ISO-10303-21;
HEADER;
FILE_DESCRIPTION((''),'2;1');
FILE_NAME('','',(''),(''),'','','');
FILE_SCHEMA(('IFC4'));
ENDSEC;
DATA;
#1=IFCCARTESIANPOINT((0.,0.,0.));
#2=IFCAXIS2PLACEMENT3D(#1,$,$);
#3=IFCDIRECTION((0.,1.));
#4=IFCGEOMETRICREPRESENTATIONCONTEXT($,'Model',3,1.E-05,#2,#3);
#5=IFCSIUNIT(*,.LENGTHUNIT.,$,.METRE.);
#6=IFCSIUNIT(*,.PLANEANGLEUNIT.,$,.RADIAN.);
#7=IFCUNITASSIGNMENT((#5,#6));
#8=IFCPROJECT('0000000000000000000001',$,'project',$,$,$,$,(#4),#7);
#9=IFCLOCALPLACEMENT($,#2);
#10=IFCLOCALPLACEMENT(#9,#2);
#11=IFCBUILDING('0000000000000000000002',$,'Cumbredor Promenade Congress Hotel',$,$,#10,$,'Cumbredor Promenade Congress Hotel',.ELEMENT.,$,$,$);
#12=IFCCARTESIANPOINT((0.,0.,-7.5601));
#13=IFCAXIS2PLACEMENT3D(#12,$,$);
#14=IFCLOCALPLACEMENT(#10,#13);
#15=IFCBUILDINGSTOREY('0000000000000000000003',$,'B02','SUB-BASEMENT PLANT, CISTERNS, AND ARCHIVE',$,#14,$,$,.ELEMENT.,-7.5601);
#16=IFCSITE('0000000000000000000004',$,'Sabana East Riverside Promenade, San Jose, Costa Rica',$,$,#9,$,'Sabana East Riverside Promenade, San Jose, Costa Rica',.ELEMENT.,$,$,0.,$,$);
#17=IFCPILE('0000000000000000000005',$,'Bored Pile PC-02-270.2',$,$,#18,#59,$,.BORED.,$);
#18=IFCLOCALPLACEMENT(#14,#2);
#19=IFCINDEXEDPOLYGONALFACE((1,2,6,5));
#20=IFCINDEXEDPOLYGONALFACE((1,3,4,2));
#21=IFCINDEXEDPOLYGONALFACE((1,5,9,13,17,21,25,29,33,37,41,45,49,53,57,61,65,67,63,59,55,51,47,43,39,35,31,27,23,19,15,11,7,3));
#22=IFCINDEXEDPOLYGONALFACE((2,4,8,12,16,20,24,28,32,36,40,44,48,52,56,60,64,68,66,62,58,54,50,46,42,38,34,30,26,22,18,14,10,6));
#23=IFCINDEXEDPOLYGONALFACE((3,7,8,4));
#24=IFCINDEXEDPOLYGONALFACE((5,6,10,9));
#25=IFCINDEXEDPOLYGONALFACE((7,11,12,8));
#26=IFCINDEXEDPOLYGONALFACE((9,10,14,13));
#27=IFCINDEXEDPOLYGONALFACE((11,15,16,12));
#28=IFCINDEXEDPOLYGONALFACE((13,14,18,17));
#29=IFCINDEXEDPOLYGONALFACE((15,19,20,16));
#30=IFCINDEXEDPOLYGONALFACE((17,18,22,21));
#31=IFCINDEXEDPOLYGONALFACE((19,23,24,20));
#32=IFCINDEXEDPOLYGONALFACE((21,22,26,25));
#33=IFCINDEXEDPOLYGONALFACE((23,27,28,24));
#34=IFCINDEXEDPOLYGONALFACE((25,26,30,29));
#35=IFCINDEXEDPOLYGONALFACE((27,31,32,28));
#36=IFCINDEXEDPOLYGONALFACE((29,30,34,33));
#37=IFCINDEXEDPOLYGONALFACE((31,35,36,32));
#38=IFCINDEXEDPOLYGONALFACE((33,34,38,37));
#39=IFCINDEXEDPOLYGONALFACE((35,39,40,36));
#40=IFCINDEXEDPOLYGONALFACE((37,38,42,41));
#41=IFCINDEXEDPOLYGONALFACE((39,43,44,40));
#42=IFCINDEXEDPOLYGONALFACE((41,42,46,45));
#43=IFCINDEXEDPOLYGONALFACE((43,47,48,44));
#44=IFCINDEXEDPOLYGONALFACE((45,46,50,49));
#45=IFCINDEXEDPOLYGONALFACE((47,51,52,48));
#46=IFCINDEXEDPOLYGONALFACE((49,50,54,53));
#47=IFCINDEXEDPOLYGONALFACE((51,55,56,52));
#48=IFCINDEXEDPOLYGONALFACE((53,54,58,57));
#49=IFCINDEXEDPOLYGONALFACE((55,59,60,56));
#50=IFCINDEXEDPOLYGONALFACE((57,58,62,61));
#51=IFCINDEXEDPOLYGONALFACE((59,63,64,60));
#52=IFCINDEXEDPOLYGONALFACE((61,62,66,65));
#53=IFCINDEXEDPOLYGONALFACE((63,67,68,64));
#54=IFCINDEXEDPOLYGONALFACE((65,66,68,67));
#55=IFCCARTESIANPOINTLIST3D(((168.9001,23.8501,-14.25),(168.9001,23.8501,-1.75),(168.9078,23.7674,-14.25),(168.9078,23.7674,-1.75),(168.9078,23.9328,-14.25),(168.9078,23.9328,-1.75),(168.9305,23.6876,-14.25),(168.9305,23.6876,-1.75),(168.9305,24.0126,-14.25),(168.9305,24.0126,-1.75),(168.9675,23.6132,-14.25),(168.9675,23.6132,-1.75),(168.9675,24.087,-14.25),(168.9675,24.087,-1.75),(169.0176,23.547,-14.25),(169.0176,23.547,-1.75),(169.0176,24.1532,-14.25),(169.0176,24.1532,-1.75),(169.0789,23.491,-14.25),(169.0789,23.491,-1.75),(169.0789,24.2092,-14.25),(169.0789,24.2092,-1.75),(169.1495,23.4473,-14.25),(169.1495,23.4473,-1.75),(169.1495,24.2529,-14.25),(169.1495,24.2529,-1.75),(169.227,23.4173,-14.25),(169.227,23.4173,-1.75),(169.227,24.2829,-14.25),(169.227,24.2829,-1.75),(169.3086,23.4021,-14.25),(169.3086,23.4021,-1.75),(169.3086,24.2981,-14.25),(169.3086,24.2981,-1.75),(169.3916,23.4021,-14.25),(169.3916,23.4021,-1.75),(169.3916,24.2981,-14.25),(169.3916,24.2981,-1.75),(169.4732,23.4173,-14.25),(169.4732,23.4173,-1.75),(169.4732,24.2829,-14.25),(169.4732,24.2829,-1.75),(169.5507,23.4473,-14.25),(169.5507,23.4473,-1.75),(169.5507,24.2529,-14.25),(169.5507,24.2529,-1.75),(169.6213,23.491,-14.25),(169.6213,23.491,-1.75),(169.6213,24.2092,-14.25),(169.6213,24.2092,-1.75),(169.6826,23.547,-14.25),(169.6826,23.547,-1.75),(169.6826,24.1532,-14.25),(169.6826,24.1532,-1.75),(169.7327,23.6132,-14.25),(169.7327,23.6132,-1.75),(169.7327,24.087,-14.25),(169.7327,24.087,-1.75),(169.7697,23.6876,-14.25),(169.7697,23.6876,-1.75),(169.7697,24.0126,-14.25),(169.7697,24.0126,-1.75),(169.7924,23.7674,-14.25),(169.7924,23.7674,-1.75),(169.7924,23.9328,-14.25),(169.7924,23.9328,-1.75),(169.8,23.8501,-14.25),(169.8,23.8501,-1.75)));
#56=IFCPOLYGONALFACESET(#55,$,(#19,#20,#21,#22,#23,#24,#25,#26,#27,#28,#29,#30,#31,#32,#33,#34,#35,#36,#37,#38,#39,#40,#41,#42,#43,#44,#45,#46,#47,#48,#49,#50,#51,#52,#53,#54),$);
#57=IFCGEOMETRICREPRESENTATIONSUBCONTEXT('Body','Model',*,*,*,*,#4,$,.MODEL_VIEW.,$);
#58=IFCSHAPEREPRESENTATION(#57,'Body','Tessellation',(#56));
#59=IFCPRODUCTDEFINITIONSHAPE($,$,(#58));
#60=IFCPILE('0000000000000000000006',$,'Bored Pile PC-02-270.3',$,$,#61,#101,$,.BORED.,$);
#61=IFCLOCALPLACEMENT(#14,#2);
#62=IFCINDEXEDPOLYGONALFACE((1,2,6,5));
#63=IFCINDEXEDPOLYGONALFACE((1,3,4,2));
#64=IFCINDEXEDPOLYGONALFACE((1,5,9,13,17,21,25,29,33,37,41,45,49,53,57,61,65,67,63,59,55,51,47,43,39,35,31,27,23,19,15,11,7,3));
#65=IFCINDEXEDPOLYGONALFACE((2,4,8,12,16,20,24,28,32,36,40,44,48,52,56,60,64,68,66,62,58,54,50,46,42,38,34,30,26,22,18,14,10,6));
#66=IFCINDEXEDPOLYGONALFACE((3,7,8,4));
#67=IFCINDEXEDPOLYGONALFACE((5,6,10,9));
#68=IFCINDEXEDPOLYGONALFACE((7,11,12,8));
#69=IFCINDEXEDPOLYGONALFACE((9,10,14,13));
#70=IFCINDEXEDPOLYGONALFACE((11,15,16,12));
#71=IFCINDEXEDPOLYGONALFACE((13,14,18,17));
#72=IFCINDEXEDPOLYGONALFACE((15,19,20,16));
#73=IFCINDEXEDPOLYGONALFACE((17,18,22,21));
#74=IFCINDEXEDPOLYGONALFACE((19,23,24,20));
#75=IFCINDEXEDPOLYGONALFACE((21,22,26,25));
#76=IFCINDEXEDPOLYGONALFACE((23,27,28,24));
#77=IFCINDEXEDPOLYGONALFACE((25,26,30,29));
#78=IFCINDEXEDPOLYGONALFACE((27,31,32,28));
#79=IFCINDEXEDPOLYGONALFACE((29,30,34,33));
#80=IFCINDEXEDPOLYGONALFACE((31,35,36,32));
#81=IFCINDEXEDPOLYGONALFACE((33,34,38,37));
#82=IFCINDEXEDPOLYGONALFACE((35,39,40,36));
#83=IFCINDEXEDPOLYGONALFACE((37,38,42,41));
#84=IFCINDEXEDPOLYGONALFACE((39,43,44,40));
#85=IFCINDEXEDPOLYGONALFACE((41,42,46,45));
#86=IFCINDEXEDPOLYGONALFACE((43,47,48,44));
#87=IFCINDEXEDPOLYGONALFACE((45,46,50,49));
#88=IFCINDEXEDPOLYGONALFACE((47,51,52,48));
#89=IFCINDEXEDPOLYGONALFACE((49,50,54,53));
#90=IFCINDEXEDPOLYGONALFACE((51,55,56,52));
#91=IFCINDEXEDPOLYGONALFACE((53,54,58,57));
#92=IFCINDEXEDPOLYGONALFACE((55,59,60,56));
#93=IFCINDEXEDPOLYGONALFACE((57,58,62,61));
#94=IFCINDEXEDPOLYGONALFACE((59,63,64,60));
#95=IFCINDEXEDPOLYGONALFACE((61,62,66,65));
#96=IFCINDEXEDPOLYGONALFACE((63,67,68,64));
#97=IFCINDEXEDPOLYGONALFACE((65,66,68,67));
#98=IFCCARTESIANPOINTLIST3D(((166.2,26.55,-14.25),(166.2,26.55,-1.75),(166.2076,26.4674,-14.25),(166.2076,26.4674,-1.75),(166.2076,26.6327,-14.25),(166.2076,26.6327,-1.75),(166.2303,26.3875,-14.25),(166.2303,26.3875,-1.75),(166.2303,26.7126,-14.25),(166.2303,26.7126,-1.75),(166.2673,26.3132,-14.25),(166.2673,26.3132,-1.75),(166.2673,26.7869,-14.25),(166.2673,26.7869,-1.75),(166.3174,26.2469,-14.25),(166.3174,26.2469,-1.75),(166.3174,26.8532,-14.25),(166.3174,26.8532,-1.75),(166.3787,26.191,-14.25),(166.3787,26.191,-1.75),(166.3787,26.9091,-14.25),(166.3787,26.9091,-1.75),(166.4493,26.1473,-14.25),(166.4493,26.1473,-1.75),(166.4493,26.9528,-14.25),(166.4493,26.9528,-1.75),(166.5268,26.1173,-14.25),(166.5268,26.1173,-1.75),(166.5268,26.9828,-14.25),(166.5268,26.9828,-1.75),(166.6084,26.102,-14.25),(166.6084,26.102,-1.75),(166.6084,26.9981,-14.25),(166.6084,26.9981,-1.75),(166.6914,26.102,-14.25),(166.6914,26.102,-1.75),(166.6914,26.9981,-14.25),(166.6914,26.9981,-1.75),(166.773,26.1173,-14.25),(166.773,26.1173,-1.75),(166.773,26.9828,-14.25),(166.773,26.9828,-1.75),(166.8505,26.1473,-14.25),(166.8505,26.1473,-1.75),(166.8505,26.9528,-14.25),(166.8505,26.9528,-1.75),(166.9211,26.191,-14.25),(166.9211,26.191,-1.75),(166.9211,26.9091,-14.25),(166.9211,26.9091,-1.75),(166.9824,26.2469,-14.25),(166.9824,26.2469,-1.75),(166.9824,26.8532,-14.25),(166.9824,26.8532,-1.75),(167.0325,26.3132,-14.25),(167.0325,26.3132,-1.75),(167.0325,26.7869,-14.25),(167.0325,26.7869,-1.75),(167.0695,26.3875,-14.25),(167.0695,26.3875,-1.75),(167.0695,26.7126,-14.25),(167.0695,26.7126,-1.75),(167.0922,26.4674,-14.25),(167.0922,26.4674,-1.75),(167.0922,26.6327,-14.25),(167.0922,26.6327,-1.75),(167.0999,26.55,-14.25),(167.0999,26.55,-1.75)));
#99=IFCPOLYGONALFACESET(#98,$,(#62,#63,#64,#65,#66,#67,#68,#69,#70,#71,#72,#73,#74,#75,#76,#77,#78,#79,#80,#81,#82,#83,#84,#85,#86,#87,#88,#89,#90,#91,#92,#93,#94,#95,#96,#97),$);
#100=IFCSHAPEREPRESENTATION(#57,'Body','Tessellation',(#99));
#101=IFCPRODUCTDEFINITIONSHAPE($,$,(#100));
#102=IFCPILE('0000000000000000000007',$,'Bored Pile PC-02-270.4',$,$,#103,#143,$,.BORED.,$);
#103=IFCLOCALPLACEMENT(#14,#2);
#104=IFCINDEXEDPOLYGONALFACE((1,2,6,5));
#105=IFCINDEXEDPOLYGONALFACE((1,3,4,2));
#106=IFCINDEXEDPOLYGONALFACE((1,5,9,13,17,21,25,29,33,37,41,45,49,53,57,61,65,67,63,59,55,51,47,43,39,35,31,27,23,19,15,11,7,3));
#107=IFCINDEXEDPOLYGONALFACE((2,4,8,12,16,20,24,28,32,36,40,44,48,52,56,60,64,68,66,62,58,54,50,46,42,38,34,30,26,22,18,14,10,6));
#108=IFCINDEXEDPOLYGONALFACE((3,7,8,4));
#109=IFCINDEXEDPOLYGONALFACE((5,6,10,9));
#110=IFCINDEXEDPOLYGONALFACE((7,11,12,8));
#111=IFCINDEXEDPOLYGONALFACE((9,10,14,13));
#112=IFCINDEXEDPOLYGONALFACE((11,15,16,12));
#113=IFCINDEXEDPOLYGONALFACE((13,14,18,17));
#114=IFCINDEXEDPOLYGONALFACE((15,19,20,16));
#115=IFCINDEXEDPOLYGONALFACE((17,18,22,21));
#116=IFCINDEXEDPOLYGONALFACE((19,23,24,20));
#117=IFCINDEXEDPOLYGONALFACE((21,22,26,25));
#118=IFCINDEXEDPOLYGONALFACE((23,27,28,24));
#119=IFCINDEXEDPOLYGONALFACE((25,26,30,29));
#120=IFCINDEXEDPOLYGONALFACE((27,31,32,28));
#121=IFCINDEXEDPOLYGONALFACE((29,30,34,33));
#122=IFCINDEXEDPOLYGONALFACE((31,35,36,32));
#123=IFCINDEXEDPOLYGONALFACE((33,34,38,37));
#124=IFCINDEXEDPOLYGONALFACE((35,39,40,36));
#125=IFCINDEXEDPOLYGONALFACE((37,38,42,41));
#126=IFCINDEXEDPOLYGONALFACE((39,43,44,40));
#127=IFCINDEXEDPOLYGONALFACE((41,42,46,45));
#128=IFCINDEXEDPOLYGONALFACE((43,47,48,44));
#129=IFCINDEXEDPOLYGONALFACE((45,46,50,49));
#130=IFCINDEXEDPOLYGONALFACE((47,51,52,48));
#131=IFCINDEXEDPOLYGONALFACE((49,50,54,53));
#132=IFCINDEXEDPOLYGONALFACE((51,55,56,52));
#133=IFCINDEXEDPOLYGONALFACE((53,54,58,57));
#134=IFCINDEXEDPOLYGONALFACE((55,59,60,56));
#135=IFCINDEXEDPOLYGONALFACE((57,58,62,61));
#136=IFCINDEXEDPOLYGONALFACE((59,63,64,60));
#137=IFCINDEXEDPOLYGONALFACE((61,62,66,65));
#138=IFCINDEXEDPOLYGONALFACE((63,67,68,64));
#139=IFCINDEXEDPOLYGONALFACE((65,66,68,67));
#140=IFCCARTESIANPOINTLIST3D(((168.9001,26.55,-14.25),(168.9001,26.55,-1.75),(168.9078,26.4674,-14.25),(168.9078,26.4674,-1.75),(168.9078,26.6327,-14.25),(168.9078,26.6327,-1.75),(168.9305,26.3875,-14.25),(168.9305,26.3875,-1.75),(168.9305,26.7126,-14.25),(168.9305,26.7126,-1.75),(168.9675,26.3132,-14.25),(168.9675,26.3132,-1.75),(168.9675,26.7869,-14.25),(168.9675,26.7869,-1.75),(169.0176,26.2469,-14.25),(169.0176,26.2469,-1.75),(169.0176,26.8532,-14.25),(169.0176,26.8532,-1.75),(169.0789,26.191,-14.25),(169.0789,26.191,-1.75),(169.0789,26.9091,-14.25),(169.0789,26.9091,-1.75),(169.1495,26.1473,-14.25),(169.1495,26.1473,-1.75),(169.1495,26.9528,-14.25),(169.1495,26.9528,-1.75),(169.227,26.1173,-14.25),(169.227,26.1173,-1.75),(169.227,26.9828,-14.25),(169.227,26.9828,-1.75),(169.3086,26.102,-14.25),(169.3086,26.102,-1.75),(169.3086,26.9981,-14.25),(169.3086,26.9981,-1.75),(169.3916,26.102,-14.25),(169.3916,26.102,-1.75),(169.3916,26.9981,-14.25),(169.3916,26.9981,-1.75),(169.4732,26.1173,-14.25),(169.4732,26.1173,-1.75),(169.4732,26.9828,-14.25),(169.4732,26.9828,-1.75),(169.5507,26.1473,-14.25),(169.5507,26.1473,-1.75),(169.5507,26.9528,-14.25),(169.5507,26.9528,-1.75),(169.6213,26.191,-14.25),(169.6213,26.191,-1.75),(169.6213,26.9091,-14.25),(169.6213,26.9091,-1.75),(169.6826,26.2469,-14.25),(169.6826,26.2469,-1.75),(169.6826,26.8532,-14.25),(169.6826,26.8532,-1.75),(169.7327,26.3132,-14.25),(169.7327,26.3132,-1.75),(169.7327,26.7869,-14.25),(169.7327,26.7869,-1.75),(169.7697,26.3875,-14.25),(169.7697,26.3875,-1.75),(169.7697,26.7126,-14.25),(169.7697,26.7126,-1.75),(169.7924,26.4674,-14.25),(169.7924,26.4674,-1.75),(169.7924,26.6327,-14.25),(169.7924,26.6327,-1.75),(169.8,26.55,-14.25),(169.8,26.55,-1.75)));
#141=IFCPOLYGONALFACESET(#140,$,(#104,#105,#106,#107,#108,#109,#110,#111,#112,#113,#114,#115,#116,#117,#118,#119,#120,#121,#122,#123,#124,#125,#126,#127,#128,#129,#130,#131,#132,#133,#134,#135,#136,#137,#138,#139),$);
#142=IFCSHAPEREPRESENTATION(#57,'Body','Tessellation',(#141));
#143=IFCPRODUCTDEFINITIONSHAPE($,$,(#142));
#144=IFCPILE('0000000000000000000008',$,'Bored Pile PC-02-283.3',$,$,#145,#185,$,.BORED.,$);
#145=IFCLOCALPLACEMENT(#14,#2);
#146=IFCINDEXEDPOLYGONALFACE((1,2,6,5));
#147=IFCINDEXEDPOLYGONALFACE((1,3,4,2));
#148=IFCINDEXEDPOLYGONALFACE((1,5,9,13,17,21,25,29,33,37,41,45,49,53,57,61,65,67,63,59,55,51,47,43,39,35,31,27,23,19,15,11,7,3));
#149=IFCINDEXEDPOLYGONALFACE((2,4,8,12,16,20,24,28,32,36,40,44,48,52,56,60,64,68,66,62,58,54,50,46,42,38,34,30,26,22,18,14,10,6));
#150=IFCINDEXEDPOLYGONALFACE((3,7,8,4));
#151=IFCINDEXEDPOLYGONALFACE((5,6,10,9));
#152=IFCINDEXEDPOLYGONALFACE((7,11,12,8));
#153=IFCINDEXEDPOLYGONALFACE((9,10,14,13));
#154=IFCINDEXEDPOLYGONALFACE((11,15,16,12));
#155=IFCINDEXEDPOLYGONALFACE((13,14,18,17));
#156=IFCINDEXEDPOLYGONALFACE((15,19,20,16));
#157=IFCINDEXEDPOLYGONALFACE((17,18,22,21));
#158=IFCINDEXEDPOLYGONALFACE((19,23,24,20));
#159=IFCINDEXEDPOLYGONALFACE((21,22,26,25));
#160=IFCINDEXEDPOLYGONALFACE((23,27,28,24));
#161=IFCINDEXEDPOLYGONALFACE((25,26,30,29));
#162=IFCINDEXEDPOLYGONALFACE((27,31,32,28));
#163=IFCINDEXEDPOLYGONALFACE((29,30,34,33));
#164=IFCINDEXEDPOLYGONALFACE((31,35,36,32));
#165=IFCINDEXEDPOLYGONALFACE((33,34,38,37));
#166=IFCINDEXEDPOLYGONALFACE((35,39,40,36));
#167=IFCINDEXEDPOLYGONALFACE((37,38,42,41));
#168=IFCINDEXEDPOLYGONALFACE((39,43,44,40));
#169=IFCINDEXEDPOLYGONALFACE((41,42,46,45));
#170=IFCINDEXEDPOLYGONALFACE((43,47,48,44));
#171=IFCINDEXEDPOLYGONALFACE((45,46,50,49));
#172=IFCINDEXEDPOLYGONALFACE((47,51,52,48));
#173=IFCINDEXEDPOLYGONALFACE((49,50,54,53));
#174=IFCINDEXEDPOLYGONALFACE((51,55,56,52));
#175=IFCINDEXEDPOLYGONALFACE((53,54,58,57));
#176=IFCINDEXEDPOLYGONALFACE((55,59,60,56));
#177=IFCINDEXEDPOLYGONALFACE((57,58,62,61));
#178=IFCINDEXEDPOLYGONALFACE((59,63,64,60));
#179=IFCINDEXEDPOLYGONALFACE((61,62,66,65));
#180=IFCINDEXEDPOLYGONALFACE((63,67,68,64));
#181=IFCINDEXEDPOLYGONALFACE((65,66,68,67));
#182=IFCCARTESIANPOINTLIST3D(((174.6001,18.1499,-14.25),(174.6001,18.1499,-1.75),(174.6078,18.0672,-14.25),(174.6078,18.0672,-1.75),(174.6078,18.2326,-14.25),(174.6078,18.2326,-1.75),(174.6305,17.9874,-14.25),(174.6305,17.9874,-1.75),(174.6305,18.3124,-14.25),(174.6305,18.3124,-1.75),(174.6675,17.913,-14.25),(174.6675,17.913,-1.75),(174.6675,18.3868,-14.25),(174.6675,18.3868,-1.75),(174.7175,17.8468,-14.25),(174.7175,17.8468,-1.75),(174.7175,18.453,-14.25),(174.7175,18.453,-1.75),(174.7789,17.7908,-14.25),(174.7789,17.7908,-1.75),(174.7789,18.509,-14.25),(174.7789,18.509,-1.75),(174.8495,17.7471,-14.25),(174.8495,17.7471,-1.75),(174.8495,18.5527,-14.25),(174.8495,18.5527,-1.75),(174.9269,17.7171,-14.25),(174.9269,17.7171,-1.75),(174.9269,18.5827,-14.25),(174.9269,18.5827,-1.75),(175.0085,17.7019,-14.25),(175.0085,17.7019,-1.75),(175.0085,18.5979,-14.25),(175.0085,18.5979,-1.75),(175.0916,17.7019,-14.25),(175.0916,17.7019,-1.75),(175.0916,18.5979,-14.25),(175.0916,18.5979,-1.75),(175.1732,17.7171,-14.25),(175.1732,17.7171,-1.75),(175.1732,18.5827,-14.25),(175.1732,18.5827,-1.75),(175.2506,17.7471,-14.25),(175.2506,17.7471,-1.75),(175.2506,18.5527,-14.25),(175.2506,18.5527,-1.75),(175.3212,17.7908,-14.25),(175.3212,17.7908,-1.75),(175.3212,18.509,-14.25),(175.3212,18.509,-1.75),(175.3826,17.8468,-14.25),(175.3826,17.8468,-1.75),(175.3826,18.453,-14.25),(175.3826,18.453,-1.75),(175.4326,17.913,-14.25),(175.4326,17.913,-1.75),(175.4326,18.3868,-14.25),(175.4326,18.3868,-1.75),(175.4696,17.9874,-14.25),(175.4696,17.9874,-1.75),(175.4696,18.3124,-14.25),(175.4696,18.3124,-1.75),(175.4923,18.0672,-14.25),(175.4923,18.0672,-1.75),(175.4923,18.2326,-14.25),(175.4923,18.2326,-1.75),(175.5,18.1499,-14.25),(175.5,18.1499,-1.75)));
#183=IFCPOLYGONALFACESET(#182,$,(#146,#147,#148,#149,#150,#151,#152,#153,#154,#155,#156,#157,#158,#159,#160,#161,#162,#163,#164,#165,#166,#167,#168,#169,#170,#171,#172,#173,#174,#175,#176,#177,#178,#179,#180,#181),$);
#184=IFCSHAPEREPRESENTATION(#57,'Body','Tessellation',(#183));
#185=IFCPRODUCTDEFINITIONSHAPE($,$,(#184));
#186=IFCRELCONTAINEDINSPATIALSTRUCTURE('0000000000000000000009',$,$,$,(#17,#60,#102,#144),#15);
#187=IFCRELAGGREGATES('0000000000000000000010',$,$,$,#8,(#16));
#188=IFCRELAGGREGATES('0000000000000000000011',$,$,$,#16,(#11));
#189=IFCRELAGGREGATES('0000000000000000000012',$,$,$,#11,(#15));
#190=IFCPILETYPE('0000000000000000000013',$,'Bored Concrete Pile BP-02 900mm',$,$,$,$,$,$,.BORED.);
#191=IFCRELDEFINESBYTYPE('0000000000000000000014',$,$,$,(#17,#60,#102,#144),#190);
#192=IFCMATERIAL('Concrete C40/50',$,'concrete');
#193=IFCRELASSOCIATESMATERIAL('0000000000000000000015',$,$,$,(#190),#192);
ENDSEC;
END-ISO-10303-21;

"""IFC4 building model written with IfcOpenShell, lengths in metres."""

from ifc_helpers import new_model, si_unit, direction, frame, origin, origin_2d, place, context, subcontext, project, spatial, circle, extrude, material, material_profile, profile_set, type_object, element, save


model = new_model("IFC4")

# Units and contexts
model_context = context("Model", 3, precision=1e-05, world=origin(), true_north=direction((0.0, 1.0)))
body_context = subcontext(model_context, "Body", "Model", "MODEL_VIEW")
ifc_project = project(units=[si_unit("LENGTHUNIT", "METRE"), si_unit("PLANEANGLEUNIT", "RADIAN")], contexts=[model_context])

# Site, building, storey
site_placement = place(None, origin())
site = spatial("IfcSite", under=ifc_project, at=site_placement, Name="Sabana East Riverside Promenade, San Jose, Costa Rica", LongName="Sabana East Riverside Promenade, San Jose, Costa Rica", CompositionType="ELEMENT", RefElevation=0.0)
building_placement = place(site_placement, origin())
building = spatial("IfcBuilding", under=site, at=building_placement, Name="Cumbredor Promenade Congress Hotel", LongName="Cumbredor Promenade Congress Hotel", CompositionType="ELEMENT")
storey_placement = place(building_placement, frame((0.0, 0.0, -7.5601)))
storey = spatial("IfcBuildingStorey", under=building, at=storey_placement, Name="B02", Description="SUB-BASEMENT PLANT, CISTERNS, AND ARCHIVE", CompositionType="ELEMENT", Elevation=-7.5601)

# Piles
ifc_material_1 = material(Name="Concrete C40/50", Category="concrete")
ifc_material_profile_1 = material_profile(ifc_material_1, circle(Radius=0.45, at=origin_2d()), Name="PILE D900")
ifc_profile_set_1 = profile_set([ifc_material_profile_1], Name="Concrete C40/50")
pile_type = type_object("IfcPileType", Name="Bored Concrete Pile BP-02 900mm", PredefinedType="BORED", material=ifc_profile_set_1)
for number, where, z_axis, x_axis, name in (
    (1, (169.3501, 23.8501, -1.75), (0.0, 0.0, -1.0), (1.0, 0.0, 0.0), "Bored Pile PC-02-270.2"),
    (2, (166.6499, 26.55, -1.75), (0.0, 0.0, -1.0), (1.0, 0.0, 0.0), "Bored Pile PC-02-270.3"),
    (3, (169.3501, 26.55, -1.75), (0.0, 0.0, -1.0), (1.0, 0.0, 0.0), "Bored Pile PC-02-270.4"),
    (4, (175.05, 18.1499, -1.75), (0.0, 0.0, -1.0), (1.0, 0.0, 0.0), "Bored Pile PC-02-283.3"),
):
    element("IfcPile", number, at=place(storey_placement, frame(where, z_axis=z_axis, x_axis=x_axis)), inside=storey, type_object=pile_type, Name=name, PredefinedType="BORED", context=body_context, shape_type="SweptSolid", body=[
        extrude(circle(Radius=0.45, at=origin_2d()), origin(), (0.0, 0.0, 1.0), 12.5),
    ])

save(model, "model.ifc")
